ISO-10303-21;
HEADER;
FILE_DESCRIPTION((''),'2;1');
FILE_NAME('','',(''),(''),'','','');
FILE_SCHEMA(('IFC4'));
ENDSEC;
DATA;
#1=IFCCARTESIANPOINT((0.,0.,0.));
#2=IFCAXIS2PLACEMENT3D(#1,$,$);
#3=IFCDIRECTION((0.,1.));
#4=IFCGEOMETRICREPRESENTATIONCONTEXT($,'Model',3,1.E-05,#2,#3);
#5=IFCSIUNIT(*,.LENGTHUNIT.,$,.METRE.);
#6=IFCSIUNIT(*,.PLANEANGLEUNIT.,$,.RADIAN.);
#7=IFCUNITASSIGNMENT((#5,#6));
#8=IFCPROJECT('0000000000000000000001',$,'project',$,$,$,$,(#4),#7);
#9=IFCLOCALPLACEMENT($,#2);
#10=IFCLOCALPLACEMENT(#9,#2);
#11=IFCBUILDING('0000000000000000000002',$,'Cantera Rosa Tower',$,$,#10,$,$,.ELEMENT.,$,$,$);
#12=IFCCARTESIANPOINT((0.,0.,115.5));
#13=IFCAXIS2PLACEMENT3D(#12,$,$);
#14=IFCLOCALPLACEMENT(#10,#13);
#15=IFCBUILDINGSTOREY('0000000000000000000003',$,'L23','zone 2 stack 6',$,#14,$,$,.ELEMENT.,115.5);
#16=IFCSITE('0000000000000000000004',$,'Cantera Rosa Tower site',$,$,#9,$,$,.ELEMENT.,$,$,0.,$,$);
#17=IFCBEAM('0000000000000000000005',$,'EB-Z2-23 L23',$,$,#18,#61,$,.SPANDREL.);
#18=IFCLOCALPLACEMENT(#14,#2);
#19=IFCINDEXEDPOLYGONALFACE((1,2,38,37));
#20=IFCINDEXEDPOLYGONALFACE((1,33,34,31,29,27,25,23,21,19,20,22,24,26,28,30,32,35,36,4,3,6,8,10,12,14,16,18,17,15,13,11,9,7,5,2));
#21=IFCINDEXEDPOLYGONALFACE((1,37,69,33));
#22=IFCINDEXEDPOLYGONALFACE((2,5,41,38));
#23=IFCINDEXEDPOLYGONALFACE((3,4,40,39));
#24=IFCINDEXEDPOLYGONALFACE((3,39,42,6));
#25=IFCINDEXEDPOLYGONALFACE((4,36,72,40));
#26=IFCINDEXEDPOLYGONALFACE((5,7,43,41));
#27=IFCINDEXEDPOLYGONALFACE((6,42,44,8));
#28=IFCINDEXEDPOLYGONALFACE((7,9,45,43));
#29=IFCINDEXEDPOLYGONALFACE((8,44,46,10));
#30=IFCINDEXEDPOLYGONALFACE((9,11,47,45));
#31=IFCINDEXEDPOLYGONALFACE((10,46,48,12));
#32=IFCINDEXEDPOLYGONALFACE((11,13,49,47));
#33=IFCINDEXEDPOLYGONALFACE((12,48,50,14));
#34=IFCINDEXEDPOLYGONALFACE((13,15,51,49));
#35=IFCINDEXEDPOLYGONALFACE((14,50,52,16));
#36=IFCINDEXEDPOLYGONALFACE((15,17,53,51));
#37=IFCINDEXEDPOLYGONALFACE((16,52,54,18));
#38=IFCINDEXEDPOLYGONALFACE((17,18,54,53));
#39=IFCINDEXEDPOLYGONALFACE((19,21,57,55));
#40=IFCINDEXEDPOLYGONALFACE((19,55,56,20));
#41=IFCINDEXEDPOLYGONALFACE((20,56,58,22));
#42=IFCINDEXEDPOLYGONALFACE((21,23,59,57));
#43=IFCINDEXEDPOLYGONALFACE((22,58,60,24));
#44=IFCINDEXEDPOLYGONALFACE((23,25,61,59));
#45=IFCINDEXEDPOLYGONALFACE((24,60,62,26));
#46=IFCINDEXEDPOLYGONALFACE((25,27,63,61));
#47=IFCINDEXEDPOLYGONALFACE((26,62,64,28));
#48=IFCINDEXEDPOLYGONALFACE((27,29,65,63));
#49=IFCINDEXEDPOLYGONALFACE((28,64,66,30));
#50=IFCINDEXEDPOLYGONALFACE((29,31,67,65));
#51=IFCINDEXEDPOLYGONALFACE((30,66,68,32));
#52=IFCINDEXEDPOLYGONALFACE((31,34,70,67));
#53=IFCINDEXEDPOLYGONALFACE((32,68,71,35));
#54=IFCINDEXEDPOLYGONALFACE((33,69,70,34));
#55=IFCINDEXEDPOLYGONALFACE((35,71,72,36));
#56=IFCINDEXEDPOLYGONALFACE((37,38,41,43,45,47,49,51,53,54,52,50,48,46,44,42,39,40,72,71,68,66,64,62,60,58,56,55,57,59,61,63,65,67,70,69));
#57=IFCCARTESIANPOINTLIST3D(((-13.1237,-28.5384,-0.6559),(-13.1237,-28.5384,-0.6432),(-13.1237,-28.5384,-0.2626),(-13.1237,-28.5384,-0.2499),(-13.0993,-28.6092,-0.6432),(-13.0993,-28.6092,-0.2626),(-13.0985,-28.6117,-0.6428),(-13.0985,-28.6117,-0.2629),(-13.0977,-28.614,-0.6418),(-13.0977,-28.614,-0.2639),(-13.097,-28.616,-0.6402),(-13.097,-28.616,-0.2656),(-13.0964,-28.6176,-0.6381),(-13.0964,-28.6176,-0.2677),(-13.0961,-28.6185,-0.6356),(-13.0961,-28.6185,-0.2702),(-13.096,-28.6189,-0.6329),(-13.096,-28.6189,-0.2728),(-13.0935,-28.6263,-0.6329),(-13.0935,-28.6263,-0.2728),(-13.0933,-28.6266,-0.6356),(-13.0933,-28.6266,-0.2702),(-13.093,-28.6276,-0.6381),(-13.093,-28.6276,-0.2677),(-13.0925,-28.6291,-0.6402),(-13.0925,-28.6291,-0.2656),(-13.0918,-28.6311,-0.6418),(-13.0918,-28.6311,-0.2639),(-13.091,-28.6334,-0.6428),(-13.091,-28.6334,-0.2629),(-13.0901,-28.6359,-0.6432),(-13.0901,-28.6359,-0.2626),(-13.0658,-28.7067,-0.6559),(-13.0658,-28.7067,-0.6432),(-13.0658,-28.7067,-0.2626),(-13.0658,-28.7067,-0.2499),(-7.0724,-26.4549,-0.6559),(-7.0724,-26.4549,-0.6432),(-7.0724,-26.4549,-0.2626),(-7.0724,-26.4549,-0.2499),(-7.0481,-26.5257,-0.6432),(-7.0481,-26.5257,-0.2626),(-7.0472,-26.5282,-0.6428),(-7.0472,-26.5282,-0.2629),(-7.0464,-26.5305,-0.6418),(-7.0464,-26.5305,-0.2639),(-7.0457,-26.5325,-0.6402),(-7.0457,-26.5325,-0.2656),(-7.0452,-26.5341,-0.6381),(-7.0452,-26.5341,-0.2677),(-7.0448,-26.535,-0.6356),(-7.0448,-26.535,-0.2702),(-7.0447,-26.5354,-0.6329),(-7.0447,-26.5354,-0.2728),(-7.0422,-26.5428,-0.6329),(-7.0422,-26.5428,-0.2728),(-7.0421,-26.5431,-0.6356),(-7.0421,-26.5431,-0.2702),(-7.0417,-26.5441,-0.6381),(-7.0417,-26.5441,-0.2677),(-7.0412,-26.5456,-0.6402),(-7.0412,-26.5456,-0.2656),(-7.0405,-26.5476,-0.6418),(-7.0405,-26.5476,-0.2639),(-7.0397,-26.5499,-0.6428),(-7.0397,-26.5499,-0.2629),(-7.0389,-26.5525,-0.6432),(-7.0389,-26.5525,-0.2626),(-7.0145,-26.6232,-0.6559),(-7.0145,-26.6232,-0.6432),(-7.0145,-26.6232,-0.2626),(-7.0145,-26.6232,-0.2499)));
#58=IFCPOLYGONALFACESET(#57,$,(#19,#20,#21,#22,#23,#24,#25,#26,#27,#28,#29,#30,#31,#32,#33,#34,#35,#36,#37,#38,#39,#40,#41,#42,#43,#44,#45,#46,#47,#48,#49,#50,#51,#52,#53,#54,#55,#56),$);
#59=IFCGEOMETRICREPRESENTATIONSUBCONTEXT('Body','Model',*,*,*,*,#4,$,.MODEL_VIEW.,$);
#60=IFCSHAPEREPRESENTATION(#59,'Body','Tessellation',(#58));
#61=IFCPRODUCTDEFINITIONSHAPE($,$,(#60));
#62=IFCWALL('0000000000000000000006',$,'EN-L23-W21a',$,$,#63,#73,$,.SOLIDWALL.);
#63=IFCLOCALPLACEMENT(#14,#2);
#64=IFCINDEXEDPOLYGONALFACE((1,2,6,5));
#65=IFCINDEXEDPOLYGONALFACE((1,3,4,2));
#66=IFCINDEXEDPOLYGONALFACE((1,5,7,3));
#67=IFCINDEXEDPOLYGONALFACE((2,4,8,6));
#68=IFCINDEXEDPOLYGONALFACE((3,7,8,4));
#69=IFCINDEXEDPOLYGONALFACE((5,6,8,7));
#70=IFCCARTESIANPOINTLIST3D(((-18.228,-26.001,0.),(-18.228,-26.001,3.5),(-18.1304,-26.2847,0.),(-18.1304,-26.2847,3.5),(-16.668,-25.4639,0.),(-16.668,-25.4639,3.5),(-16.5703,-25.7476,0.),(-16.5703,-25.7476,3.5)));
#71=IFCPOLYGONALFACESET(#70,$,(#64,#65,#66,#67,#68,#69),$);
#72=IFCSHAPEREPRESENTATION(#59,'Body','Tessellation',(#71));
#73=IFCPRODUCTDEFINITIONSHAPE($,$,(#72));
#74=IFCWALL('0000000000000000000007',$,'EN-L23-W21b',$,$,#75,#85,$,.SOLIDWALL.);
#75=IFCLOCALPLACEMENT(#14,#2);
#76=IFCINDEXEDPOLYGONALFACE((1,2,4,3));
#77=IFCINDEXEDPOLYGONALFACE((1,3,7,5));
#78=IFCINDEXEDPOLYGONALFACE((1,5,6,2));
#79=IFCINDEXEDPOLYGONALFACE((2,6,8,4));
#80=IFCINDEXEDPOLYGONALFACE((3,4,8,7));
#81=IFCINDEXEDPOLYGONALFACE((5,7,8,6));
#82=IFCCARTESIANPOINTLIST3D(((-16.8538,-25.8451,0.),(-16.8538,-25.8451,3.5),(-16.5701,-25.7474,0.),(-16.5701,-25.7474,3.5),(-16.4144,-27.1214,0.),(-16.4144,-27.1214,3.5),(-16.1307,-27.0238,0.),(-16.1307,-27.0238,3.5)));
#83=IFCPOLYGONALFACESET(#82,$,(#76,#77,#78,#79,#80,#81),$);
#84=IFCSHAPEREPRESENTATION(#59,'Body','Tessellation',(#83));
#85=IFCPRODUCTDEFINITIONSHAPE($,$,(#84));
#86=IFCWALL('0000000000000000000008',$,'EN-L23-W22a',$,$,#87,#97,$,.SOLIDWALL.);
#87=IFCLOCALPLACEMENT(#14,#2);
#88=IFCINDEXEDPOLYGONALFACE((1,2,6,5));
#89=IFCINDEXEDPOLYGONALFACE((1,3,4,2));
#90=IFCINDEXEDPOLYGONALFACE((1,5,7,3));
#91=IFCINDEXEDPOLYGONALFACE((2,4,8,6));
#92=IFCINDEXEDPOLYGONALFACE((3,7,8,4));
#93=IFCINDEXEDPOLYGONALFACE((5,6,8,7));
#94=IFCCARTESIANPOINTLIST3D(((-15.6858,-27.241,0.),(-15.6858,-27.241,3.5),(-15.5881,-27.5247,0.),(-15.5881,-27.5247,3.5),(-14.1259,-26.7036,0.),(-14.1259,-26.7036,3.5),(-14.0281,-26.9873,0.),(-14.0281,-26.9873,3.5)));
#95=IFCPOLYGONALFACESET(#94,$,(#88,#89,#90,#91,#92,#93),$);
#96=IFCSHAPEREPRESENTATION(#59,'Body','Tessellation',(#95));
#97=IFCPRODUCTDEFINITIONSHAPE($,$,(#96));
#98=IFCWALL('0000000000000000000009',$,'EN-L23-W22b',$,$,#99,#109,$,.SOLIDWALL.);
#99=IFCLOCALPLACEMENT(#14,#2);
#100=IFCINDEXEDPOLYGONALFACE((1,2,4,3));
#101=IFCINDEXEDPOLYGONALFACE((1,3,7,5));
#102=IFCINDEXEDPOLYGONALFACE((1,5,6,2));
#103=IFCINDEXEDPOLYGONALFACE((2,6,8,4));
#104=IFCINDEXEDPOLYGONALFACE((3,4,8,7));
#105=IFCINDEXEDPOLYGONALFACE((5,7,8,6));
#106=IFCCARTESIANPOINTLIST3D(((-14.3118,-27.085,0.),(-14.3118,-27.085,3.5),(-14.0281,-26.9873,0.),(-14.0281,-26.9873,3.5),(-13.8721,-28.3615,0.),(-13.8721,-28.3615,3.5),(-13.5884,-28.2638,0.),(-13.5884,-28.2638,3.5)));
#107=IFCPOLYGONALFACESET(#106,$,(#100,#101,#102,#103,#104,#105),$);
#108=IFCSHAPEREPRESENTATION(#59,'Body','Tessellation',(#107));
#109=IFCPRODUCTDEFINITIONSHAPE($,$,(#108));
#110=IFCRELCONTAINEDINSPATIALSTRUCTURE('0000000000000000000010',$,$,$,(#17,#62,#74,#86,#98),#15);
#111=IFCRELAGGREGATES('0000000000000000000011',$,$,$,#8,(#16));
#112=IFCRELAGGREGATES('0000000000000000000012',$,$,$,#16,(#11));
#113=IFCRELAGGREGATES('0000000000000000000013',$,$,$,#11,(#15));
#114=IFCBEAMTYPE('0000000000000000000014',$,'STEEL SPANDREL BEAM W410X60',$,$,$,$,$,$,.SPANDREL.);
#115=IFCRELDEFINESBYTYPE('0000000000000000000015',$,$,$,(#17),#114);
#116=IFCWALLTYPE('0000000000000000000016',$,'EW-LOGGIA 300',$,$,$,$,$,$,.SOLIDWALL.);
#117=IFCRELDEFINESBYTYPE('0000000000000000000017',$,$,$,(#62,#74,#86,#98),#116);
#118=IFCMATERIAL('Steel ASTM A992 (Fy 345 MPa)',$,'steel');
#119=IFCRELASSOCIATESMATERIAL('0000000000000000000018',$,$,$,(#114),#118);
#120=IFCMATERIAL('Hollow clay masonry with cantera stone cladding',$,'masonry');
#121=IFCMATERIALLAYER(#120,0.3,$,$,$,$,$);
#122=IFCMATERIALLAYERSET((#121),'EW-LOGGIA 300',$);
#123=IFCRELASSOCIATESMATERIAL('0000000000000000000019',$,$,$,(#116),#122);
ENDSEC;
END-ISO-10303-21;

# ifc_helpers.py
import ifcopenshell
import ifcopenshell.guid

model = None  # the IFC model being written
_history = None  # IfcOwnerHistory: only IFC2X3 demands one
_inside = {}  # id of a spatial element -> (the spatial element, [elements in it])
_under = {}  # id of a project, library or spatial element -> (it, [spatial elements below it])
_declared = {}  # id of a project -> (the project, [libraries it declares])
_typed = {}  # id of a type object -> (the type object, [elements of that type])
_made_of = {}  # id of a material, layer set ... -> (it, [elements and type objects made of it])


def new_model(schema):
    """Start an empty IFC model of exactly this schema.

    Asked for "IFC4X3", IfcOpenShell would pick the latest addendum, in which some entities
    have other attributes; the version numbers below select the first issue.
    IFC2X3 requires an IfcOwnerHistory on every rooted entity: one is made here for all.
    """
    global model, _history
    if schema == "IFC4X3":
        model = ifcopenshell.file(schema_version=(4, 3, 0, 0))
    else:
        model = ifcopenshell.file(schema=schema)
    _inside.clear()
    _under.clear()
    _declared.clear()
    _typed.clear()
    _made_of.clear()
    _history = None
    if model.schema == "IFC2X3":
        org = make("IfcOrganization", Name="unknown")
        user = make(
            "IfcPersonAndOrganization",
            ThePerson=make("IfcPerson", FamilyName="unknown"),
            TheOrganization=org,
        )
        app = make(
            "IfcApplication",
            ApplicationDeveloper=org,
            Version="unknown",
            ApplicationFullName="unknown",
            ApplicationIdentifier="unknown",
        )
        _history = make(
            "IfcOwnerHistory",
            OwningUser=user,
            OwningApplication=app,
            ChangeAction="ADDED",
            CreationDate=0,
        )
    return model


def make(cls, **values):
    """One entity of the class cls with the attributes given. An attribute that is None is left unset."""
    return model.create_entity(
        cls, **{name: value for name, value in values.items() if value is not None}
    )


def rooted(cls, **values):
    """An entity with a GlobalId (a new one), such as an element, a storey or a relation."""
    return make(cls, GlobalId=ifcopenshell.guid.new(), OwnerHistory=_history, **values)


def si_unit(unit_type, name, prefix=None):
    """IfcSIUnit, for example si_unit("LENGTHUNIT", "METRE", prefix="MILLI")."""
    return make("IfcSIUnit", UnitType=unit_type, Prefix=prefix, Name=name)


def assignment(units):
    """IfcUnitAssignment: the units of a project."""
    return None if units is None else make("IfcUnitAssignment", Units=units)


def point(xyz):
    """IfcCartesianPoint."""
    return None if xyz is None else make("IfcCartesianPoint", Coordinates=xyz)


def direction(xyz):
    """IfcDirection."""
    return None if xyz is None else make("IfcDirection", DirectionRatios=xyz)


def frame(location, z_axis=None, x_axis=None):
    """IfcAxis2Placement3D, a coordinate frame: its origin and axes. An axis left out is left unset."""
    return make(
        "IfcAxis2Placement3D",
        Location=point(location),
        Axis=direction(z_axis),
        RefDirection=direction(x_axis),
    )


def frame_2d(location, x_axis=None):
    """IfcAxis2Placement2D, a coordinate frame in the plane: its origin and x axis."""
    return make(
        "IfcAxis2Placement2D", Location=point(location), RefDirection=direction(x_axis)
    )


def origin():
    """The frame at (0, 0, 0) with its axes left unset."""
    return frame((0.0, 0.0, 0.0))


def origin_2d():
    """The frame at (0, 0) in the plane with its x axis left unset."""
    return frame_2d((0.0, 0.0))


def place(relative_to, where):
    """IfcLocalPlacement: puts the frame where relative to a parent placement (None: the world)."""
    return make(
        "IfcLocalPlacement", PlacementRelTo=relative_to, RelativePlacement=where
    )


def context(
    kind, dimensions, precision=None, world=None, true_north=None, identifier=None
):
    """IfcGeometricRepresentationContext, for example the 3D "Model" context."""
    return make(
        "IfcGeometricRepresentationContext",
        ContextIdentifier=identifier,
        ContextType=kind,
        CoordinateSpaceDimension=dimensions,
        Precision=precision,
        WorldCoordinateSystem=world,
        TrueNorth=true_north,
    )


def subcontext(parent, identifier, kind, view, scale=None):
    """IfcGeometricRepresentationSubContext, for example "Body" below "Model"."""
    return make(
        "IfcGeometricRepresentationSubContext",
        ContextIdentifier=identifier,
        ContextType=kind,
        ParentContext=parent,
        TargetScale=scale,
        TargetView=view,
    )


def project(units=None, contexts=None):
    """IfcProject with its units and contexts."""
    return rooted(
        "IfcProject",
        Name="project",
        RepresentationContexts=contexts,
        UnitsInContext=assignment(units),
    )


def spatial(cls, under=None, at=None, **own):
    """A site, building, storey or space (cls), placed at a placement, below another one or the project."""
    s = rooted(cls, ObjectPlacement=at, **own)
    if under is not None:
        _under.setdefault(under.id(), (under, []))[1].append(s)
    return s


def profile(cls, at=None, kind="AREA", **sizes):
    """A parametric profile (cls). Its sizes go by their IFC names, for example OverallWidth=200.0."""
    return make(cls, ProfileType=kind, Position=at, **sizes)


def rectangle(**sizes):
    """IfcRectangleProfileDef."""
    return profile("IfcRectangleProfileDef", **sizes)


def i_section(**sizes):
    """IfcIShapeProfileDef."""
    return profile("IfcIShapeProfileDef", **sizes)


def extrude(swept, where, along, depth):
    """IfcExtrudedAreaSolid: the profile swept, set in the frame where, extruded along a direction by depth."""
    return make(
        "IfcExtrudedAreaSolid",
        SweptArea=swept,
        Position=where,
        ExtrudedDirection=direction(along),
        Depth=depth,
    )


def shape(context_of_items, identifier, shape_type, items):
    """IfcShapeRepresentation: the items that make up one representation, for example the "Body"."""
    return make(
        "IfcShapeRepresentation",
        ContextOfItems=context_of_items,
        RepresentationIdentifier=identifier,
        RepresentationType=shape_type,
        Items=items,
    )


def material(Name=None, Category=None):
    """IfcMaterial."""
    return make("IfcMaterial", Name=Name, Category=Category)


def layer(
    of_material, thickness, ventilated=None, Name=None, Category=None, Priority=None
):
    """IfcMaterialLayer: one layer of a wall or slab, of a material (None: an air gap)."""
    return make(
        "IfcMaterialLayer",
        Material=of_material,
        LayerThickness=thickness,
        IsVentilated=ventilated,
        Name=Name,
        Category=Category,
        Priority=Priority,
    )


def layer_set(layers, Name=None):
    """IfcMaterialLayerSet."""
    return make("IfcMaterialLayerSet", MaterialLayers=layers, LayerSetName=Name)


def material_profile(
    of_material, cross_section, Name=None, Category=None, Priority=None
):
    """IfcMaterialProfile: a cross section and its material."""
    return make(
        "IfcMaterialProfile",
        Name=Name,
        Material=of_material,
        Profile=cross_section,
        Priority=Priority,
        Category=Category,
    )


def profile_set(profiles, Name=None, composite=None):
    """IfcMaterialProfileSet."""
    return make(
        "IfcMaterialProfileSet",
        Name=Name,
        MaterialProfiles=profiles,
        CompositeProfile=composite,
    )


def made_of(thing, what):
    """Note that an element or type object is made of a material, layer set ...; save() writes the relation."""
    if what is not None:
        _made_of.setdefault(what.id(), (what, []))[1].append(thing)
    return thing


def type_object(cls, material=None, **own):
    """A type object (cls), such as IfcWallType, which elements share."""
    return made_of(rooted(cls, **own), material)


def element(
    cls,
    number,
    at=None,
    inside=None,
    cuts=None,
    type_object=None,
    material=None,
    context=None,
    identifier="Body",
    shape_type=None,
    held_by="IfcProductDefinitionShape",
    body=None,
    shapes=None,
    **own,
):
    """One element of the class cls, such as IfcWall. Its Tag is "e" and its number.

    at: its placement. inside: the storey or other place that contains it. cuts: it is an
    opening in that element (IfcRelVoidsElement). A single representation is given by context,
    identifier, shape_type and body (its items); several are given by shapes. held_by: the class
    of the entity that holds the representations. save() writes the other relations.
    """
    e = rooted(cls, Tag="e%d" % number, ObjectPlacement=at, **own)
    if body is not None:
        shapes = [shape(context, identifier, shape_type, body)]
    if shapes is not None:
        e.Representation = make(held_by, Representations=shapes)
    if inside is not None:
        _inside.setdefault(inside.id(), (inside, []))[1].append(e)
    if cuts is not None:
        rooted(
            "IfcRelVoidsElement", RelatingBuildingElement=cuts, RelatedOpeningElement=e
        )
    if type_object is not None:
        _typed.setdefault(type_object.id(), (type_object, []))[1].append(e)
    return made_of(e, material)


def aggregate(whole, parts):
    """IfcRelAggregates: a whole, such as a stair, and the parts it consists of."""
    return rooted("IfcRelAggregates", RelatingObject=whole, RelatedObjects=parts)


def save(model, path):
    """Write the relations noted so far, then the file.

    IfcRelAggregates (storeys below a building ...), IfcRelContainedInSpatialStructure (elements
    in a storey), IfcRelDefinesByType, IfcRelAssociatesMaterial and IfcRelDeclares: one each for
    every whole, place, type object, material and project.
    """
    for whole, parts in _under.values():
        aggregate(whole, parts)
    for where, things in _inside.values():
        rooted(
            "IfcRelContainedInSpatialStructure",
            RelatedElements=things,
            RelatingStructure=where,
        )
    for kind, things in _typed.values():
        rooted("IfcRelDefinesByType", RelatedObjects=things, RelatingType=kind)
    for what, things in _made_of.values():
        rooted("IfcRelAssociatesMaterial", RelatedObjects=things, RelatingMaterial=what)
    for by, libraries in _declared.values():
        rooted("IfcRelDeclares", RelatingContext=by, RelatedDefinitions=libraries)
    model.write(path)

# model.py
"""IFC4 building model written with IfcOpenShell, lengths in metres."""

from ifc_helpers import new_model, si_unit, direction, frame, frame_2d, origin, origin_2d, place, context, subcontext, project, spatial, rectangle, i_section, extrude, material, layer, layer_set, material_profile, profile_set, type_object, element, save


model = new_model("IFC4")

# Units and contexts
model_context = context("Model", 3, precision=1e-05, world=origin(), true_north=direction((0.0, 1.0)))
body_context = subcontext(model_context, "Body", "Model", "MODEL_VIEW")
ifc_project = project(units=[si_unit("LENGTHUNIT", "METRE"), si_unit("PLANEANGLEUNIT", "RADIAN")], contexts=[model_context])

# Site, building, storey
site_placement = place(None, origin())
site = spatial("IfcSite", under=ifc_project, at=site_placement, Name="Cantera Rosa Tower site", CompositionType="ELEMENT", RefElevation=0.0)
building_placement = place(site_placement, origin())
building = spatial("IfcBuilding", under=site, at=building_placement, Name="Cantera Rosa Tower", CompositionType="ELEMENT")
storey_placement = place(building_placement, frame((0.0, 0.0, 115.5)))
storey = spatial("IfcBuildingStorey", under=building, at=storey_placement, Name="L23", Description="zone 2 stack 6", CompositionType="ELEMENT", Elevation=115.5)

# Beam
ifc_material_1 = material(Name="Steel ASTM A992 (Fy 345 MPa)", Category="steel")
ifc_material_profile_1 = material_profile(ifc_material_1, i_section(OverallWidth=0.178, OverallDepth=0.406, WebThickness=0.0078, FlangeThickness=0.0127, FilletRadius=0.0103, at=origin_2d()), Name="W410X60")
ifc_profile_set_1 = profile_set([ifc_material_profile_1], Name="Steel ASTM A992 (Fy 345 MPa)")
beam_type_1 = type_object("IfcBeamType", Name="STEEL SPANDREL BEAM W410X60", PredefinedType="SPANDREL", material=ifc_profile_set_1)
beam_1_placement = place(storey_placement, frame((-13.0947, -28.6226, -0.4529), z_axis=(0.945524, 0.325551, 0.0), x_axis=(-0.325551, 0.945524, 0.0)))
element("IfcBeam", 1, at=beam_1_placement, inside=storey, type_object=beam_type_1, Name="EB-Z2-23 L23", PredefinedType="SPANDREL", context=body_context, shape_type="SweptSolid", body=[
    extrude(i_section(OverallWidth=0.178, OverallDepth=0.406, WebThickness=0.0078, FlangeThickness=0.0127, FilletRadius=0.0103, at=origin_2d()), origin(), (0.0, 0.0, 1.0), 6.3999),
])

# Walls
ifc_material_2 = material(Name="Hollow clay masonry with cantera stone cladding", Category="masonry")
ifc_layer_1 = layer(ifc_material_2, 0.3)
ifc_layer_set_1 = layer_set([ifc_layer_1], Name="EW-LOGGIA 300")
wall_type_1 = type_object("IfcWallType", Name="EW-LOGGIA 300", PredefinedType="SOLIDWALL", material=ifc_layer_set_1)
wall_1_placement = place(storey_placement, frame((-18.1792, -26.1428, 0.0), z_axis=(0.0, 0.0, 1.0), x_axis=(0.94553, 0.325535, 0.0)))
element("IfcWall", 2, at=wall_1_placement, inside=storey, type_object=wall_type_1, Name="EN-L23-W21a", PredefinedType="SOLIDWALL", context=body_context, shape_type="SweptSolid", body=[
    extrude(rectangle(XDim=1.6499, YDim=0.3, at=frame_2d((0.825, 0.0))), origin(), (0.0, 0.0, 1.0), 3.5),
])
wall_2_placement = place(storey_placement, frame((-16.7119, -25.7964, 0.0), z_axis=(0.0, 0.0, 1.0), x_axis=(0.325545, -0.945527, 0.0)))
element("IfcWall", 3, at=wall_2_placement, inside=storey, type_object=wall_type_1, Name="EN-L23-W21b", PredefinedType="SOLIDWALL", context=body_context, shape_type="SweptSolid", body=[
    extrude(rectangle(XDim=1.3499, YDim=0.3, at=frame_2d((0.6748, 0.0))), origin(), (0.0, 0.0, 1.0), 3.5),
])
wall_3_placement = place(storey_placement, frame((-15.637, -27.3828, 0.0), z_axis=(0.0, 0.0, 1.0), x_axis=(0.945485, 0.325667, 0.0)))
element("IfcWall", 4, at=wall_3_placement, inside=storey, type_object=wall_type_1, Name="EN-L23-W22a", PredefinedType="SOLIDWALL", context=body_context, shape_type="SweptSolid", body=[
    extrude(rectangle(XDim=1.6499, YDim=0.3, at=frame_2d((0.825, 0.0))), origin(), (0.0, 0.0, 1.0), 3.5),
])
wall_4_placement = place(storey_placement, frame((-14.1699, -27.0361, 0.0), z_axis=(0.0, 0.0, 1.0), x_axis=(0.325651, -0.94549, 0.0)))
element("IfcWall", 5, at=wall_4_placement, inside=storey, type_object=wall_type_1, Name="EN-L23-W22b", PredefinedType="SOLIDWALL", context=body_context, shape_type="SweptSolid", body=[
    extrude(rectangle(XDim=1.3501, YDim=0.3, at=frame_2d((0.675, 0.0))), origin(), (0.0, 0.0, 1.0), 3.5),
])

save(model, "model.ifc")
